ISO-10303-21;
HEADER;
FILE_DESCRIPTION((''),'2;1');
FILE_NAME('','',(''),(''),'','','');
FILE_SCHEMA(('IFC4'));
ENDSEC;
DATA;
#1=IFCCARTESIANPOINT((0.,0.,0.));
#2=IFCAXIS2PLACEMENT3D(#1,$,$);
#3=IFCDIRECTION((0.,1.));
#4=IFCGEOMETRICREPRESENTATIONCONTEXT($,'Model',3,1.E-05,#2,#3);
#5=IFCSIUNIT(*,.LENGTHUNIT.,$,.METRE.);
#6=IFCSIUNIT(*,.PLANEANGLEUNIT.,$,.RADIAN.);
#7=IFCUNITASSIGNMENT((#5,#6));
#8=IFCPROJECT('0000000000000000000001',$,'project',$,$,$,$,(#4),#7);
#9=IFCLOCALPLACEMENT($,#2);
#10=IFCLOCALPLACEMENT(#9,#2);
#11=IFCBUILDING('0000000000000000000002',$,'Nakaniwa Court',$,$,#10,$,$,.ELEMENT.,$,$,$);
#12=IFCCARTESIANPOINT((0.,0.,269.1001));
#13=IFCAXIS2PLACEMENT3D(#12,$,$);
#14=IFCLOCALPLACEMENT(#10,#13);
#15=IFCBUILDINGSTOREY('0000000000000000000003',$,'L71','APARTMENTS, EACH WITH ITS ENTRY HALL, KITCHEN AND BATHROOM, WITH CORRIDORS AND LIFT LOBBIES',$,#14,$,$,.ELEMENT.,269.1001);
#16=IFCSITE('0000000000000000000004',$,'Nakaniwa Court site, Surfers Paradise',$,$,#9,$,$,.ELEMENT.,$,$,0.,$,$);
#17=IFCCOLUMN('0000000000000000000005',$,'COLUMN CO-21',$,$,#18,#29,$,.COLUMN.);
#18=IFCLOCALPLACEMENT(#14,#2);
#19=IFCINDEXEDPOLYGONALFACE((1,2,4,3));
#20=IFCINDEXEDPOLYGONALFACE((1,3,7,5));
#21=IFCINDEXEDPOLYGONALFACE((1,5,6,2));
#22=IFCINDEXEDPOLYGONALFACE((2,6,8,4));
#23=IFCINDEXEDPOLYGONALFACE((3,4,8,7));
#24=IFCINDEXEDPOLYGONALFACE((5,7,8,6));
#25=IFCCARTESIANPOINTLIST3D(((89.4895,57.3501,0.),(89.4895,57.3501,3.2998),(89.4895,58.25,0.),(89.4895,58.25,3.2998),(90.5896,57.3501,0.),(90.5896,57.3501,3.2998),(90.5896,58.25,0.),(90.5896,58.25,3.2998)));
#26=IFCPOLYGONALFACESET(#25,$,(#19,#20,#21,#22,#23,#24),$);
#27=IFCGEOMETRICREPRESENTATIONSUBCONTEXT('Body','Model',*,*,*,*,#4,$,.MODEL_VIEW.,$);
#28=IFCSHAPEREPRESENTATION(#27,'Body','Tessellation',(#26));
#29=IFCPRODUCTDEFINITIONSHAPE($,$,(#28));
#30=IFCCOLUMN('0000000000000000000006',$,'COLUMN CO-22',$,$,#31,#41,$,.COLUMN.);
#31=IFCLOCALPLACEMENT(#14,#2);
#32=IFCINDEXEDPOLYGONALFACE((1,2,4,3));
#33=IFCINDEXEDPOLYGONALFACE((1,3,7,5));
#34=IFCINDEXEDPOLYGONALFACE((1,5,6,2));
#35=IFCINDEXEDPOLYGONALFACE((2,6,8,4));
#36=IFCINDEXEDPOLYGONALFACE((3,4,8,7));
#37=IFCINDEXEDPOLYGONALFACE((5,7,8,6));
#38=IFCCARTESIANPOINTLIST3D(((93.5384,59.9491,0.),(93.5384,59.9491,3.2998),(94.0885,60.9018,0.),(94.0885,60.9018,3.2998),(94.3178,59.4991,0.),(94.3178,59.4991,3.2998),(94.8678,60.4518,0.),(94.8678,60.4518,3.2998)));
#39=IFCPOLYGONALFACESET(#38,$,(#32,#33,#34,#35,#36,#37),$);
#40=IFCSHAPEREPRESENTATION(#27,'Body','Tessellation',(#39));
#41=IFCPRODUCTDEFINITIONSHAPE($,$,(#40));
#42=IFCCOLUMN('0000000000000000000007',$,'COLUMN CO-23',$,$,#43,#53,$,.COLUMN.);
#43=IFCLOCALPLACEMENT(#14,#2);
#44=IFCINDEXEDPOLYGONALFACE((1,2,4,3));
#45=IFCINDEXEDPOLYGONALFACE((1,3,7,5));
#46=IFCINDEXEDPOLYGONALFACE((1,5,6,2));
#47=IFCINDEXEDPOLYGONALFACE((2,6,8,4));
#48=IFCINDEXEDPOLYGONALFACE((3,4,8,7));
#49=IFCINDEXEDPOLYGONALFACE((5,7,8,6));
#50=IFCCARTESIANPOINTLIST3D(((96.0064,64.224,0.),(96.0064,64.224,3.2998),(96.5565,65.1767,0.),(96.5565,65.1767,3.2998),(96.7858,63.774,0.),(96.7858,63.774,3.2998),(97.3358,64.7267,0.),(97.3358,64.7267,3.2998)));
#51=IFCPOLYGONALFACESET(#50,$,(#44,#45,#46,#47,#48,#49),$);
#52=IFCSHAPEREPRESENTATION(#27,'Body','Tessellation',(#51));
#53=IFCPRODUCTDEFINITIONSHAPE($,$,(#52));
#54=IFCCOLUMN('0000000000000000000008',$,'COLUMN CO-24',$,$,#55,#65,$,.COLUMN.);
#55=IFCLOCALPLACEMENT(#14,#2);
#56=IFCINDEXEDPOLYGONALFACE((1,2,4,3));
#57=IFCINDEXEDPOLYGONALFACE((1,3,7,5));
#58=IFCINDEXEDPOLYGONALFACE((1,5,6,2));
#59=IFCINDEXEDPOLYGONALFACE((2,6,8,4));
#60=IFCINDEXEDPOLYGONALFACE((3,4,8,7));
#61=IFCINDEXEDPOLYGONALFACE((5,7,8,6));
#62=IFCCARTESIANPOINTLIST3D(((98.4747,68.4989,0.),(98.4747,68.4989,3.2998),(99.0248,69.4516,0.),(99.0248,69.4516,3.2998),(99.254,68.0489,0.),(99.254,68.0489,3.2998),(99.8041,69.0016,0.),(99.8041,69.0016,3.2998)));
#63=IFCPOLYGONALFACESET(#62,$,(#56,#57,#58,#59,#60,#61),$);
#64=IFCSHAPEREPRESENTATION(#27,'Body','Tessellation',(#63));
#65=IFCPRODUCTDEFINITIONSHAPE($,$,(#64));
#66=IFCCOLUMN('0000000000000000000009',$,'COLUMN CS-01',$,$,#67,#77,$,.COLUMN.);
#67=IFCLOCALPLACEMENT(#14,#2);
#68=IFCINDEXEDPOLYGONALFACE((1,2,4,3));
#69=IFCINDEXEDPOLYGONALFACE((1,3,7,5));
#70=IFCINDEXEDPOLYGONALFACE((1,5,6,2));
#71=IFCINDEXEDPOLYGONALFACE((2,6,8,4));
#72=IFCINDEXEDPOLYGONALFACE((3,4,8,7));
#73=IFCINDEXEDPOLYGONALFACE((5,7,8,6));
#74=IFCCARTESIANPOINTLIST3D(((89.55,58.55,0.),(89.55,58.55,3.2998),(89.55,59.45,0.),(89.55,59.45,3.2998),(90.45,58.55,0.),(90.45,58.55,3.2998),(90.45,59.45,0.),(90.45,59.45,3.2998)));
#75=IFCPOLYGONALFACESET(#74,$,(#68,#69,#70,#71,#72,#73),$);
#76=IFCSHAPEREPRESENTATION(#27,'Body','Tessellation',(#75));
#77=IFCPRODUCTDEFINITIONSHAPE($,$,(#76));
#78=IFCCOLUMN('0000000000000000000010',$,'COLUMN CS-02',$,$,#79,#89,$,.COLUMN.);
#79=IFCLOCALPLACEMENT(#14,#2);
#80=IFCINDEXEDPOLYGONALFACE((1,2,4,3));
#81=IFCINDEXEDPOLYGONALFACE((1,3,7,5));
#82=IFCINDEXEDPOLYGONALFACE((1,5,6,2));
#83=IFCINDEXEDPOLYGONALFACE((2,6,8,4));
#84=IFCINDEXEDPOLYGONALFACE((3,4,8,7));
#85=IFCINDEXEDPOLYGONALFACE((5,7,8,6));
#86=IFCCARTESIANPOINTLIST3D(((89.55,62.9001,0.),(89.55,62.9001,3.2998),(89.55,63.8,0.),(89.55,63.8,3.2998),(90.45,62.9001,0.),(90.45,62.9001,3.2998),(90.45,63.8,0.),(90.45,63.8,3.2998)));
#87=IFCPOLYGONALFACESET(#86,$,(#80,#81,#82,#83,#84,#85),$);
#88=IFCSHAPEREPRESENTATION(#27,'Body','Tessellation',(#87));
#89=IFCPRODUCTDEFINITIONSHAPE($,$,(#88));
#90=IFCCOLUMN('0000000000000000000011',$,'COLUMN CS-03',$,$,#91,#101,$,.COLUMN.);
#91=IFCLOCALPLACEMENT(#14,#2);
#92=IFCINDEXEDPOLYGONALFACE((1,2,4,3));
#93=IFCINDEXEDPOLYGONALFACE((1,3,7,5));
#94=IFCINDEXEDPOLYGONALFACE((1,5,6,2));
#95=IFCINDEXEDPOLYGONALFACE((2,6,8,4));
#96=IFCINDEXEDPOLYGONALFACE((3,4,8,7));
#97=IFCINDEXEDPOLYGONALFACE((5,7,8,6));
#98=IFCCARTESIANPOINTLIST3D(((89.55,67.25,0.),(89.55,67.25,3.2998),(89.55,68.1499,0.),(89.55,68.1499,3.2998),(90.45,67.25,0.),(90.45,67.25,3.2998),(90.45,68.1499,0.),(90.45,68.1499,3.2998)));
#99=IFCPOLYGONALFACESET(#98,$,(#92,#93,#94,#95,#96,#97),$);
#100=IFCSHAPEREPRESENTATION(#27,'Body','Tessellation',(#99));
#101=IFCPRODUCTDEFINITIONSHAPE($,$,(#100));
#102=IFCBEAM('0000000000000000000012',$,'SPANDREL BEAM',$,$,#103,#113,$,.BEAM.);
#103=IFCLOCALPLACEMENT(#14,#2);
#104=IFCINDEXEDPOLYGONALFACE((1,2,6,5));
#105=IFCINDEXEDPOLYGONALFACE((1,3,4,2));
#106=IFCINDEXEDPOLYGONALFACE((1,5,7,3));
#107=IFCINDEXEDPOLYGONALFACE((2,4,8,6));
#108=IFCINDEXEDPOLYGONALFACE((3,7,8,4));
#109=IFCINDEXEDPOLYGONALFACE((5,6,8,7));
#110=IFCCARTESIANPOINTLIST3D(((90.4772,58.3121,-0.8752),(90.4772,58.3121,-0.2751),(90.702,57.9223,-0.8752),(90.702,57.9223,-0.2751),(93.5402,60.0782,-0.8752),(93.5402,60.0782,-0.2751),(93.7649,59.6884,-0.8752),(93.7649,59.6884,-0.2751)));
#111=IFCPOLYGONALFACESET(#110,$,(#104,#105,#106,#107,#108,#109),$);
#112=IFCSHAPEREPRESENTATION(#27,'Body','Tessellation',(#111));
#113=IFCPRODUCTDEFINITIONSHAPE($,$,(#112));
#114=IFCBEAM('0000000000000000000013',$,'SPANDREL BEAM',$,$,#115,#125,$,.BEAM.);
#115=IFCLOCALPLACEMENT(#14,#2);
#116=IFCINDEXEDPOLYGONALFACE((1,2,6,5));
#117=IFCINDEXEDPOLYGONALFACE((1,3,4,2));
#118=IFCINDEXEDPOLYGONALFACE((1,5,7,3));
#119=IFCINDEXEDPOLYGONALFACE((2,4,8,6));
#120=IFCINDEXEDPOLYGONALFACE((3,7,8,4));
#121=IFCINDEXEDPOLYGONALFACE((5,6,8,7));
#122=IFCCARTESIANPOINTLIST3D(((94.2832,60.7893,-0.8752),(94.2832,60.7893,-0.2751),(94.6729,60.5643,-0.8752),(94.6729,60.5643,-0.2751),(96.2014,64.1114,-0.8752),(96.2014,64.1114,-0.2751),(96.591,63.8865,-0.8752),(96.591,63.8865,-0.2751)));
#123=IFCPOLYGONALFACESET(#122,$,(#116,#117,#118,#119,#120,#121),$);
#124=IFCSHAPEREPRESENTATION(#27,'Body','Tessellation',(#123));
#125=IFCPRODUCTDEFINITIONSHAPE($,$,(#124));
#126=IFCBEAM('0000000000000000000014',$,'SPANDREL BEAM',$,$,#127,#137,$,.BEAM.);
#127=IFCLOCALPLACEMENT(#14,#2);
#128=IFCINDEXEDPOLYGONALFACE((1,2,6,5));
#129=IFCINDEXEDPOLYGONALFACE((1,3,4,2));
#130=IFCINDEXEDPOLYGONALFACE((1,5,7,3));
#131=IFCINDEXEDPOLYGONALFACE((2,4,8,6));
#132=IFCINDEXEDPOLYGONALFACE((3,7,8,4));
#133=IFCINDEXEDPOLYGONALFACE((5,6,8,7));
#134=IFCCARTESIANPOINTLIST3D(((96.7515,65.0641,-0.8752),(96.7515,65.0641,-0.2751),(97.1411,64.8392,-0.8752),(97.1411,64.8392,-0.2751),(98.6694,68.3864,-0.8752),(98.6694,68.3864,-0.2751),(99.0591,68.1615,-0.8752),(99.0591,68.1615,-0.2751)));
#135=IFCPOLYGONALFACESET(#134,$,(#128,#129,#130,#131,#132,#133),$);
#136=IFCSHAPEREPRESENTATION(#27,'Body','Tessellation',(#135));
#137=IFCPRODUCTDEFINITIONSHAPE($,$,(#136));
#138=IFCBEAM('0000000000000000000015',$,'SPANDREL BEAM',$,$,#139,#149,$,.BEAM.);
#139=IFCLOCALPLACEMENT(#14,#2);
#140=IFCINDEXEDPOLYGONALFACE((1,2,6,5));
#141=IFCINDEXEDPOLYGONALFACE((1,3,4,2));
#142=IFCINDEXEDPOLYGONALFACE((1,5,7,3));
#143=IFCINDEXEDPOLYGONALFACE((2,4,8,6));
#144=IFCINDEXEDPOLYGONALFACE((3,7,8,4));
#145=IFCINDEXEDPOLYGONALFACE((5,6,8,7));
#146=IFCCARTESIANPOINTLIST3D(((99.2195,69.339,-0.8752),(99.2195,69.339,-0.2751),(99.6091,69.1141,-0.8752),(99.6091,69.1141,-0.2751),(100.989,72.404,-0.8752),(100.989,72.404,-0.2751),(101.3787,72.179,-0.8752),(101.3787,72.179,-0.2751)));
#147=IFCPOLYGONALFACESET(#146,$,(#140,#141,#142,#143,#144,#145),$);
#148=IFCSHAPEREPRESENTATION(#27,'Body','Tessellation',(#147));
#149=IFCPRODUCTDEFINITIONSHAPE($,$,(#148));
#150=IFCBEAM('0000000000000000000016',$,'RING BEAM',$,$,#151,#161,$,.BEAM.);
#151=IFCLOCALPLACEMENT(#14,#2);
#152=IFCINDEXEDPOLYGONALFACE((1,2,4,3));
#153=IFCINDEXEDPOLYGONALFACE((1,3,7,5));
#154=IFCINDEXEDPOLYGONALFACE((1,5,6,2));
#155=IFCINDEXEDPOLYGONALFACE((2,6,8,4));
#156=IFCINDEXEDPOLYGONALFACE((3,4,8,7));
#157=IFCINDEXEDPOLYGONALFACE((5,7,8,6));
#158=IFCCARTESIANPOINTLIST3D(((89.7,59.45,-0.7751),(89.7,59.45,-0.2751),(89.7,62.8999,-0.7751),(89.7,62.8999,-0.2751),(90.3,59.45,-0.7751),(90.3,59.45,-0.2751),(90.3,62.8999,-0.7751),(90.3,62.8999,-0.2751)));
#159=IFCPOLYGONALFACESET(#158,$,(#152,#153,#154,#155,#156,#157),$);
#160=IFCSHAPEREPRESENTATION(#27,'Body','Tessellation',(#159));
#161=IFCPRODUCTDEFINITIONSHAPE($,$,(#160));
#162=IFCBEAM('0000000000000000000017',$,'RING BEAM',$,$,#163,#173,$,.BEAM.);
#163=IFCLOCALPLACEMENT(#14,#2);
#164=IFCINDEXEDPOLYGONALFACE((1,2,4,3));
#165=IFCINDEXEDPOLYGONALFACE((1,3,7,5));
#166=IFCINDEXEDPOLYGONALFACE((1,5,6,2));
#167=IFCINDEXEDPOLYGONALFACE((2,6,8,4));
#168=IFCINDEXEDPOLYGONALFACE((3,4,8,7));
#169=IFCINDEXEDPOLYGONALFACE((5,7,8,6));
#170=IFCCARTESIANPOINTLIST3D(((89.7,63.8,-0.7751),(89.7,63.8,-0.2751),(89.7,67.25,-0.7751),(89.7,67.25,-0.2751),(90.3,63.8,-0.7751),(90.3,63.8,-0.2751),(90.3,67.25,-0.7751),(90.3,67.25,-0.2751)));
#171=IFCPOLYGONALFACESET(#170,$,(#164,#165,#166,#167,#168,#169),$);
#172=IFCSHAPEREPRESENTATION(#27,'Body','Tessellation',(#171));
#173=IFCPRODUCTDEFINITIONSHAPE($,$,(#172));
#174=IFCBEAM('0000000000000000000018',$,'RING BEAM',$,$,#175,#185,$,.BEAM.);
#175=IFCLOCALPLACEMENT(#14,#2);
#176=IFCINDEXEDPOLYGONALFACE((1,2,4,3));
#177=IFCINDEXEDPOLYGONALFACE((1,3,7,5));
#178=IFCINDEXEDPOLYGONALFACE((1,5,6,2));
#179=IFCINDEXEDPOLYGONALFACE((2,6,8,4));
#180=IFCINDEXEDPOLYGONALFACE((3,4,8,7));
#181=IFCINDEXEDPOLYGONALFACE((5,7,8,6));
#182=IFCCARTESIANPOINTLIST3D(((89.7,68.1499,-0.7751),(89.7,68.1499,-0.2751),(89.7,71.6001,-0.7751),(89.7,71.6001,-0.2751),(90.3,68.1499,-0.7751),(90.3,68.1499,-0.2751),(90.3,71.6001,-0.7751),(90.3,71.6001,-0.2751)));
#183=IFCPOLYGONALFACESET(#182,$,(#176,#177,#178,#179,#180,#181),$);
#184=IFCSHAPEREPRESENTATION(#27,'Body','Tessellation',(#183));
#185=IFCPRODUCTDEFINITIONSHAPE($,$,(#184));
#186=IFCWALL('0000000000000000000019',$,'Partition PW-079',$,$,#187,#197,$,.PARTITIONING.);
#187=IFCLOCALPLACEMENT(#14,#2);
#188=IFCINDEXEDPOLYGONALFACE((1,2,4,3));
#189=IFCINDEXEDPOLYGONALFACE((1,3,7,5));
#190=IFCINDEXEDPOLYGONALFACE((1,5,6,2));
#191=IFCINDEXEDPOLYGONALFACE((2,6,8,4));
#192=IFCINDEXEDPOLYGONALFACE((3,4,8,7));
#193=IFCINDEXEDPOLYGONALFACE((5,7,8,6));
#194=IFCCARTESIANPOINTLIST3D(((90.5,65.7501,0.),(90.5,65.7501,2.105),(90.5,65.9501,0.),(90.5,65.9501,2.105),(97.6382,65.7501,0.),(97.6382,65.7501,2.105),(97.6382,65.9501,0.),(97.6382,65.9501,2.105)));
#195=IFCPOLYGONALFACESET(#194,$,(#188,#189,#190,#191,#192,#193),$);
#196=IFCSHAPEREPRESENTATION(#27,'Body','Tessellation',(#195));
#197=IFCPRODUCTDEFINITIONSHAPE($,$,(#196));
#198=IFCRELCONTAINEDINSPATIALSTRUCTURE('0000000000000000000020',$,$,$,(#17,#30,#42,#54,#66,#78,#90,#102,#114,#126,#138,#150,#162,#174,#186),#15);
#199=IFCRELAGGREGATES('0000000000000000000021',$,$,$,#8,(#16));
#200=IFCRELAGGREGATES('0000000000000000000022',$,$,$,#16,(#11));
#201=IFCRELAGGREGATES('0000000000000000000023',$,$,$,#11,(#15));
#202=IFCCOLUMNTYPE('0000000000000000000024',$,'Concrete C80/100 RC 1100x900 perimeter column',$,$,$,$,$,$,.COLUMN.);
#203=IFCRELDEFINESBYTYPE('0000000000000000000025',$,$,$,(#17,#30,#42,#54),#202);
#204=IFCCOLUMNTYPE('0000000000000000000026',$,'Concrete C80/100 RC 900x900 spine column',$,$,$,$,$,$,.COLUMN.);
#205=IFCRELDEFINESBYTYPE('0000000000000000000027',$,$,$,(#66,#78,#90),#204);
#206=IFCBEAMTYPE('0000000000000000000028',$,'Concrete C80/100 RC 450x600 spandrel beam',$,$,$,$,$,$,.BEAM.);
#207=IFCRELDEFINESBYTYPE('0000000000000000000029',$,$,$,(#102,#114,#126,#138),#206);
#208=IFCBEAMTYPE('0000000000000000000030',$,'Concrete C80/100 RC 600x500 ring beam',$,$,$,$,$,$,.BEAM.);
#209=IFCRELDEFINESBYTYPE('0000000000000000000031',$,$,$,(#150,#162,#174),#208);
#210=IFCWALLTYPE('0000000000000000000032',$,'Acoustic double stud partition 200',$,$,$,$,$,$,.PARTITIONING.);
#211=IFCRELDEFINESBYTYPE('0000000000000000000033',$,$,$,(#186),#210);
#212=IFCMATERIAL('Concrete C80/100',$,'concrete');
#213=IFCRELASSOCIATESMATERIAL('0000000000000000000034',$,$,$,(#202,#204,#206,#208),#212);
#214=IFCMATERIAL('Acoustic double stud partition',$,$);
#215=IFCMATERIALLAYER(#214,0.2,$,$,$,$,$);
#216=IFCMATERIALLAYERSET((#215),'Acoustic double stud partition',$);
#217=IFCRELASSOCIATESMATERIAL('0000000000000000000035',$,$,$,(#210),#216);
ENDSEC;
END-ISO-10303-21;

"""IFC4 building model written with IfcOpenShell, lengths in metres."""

from ifc_helpers import new_model, si_unit, direction, frame, frame_2d, origin, origin_2d, place, context, subcontext, project, spatial, rectangle, extrude, material, layer, layer_set, material_profile, profile_set, type_object, element, save


model = new_model("IFC4")

# Units and contexts
model_context = context("Model", 3, precision=1e-05, world=origin(), true_north=direction((0.0, 1.0)))
body_context = subcontext(model_context, "Body", "Model", "MODEL_VIEW")
ifc_project = project(units=[si_unit("LENGTHUNIT", "METRE"), si_unit("PLANEANGLEUNIT", "RADIAN")], contexts=[model_context])

# Site, building, storey
site_placement = place(None, origin())
site = spatial("IfcSite", under=ifc_project, at=site_placement, Name="Nakaniwa Court site, Surfers Paradise", CompositionType="ELEMENT", RefElevation=0.0)
building_placement = place(site_placement, origin())
building = spatial("IfcBuilding", under=site, at=building_placement, Name="Nakaniwa Court", CompositionType="ELEMENT")
storey_placement = place(building_placement, frame((0.0, 0.0, 269.1001)))
storey = spatial("IfcBuildingStorey", under=building, at=storey_placement, Name="L71", Description="APARTMENTS, EACH WITH ITS ENTRY HALL, KITCHEN AND BATHROOM, WITH CORRIDORS AND LIFT LOBBIES", CompositionType="ELEMENT", Elevation=269.1001)

# Columns
ifc_material_1 = material(Name="Concrete C80/100", Category="concrete")
ifc_material_profile_1 = material_profile(ifc_material_1, rectangle(XDim=1.1001, YDim=0.8999, at=origin_2d()), Name="Concrete C80/100 RC 1100x900 perimeter column")
ifc_profile_set_1 = profile_set([ifc_material_profile_1], Name="Concrete C80/100")
column_type_1 = type_object("IfcColumnType", Name="Concrete C80/100 RC 1100x900 perimeter column", PredefinedType="COLUMN", material=ifc_profile_set_1)
for number, where, z_axis, x_axis, name in (
    (1, (90.0396, 57.8, 0.0), (0.0, 0.0, 1.0), (1.0, 0.0, 0.0), "COLUMN CO-21"),
    (2, (94.2031, 60.2004, 0.0), (0.0, 0.0, 1.0), (0.5, 0.866025, 0.0), "COLUMN CO-22"),
    (3, (96.6711, 64.4753, 0.0), (0.0, 0.0, 1.0), (0.5, 0.866025, 0.0), "COLUMN CO-23"),
    (4, (99.1394, 68.7502, 0.0), (0.0, 0.0, 1.0), (0.5, 0.866025, 0.0), "COLUMN CO-24"),
):
    element("IfcColumn", number, at=place(storey_placement, frame(where, z_axis=z_axis, x_axis=x_axis)), inside=storey, type_object=column_type_1, Name=name, PredefinedType="COLUMN", context=body_context, shape_type="SweptSolid", body=[
        extrude(rectangle(XDim=1.1001, YDim=0.8999, at=origin_2d()), origin(), (0.0, 0.0, 1.0), 3.2998),
    ])
ifc_material_profile_2 = material_profile(ifc_material_1, rectangle(XDim=0.8999, YDim=0.8999, at=origin_2d()), Name="Concrete C80/100 RC 900x900 spine column")
ifc_profile_set_2 = profile_set([ifc_material_profile_2], Name="Concrete C80/100")
column_type_2 = type_object("IfcColumnType", Name="Concrete C80/100 RC 900x900 spine column", PredefinedType="COLUMN", material=ifc_profile_set_2)
for number, where, z_axis, x_axis, name in (
    (5, (90.0, 59.0, 0.0), (0.0, 0.0, 1.0), (0.0, 1.0, 0.0), "COLUMN CS-01"),
    (6, (90.0, 63.3501, 0.0), (0.0, 0.0, 1.0), (0.0, 1.0, 0.0), "COLUMN CS-02"),
    (7, (90.0, 67.7, 0.0), (0.0, 0.0, 1.0), (0.0, 1.0, 0.0), "COLUMN CS-03"),
):
    element("IfcColumn", number, at=place(storey_placement, frame(where, z_axis=z_axis, x_axis=x_axis)), inside=storey, type_object=column_type_2, Name=name, PredefinedType="COLUMN", context=body_context, shape_type="SweptSolid", body=[
        extrude(rectangle(XDim=0.8999, YDim=0.8999, at=origin_2d()), origin(), (0.0, 0.0, 1.0), 3.2998),
    ])

# Beams
ifc_material_profile_3 = material_profile(ifc_material_1, rectangle(XDim=0.45, YDim=0.6001, at=origin_2d()), Name="Concrete C80/100 RC 450x600 spandrel beam")
ifc_profile_set_3 = profile_set([ifc_material_profile_3], Name="Concrete C80/100")
beam_type_1 = type_object("IfcBeamType", Name="Concrete C80/100 RC 450x600 spandrel beam", PredefinedType="BEAM", material=ifc_profile_set_3)
beam_1_placement = place(storey_placement, frame((90.5896, 58.1172, -0.5752), z_axis=(0.866307, 0.499511, 0.0), x_axis=(-0.499511, 0.866307, 0.0)))
element("IfcBeam", 8, at=beam_1_placement, inside=storey, type_object=beam_type_1, Name="SPANDREL BEAM", PredefinedType="BEAM", context=body_context, shape_type="SweptSolid", body=[
    extrude(rectangle(XDim=0.45, YDim=0.6001, at=origin_2d()), origin(), (0.0, 0.0, 1.0), 3.5356),
])
for number, where, z_axis, x_axis, name in (
    (9, (94.478, 60.6768, -0.5752), (0.50002, 0.866014, 0.0), (-0.866014, 0.50002, 0.0), "SPANDREL BEAM"),
    (10, (96.9463, 64.9517, -0.5752), (0.499972, 0.866041, 0.0), (-0.866041, 0.499972, 0.0), "SPANDREL BEAM"),
):
    element("IfcBeam", number, at=place(storey_placement, frame(where, z_axis=z_axis, x_axis=x_axis)), inside=storey, type_object=beam_type_1, Name=name, PredefinedType="BEAM", context=body_context, shape_type="SweptSolid", body=[
        extrude(rectangle(XDim=0.45, YDim=0.6001, at=origin_2d()), origin(), (0.0, 0.0, 1.0), 3.8362),
    ])
beam_2_placement = place(storey_placement, frame((99.4143, 69.2266, -0.5752), z_axis=(0.499997, 0.866027, 0.0), x_axis=(-0.866027, 0.499997, 0.0)))
element("IfcBeam", 11, at=beam_2_placement, inside=storey, type_object=beam_type_1, Name="SPANDREL BEAM", PredefinedType="BEAM", context=body_context, shape_type="SweptSolid", body=[
    extrude(rectangle(XDim=0.45, YDim=0.6001, at=origin_2d()), origin(), (0.0, 0.0, 1.0), 3.5391),
])
ifc_material_profile_4 = material_profile(ifc_material_1, rectangle(XDim=0.6001, YDim=0.5, at=origin_2d()), Name="Concrete C80/100 RC 600x500 ring beam")
ifc_profile_set_4 = profile_set([ifc_material_profile_4], Name="Concrete C80/100")
beam_type_2 = type_object("IfcBeamType", Name="Concrete C80/100 RC 600x500 ring beam", PredefinedType="BEAM", material=ifc_profile_set_4)
for number, where, z_axis, x_axis, name in (
    (12, (90.0, 59.45, -0.5251), (0.0, 1.0, 0.0), (-1.0, 0.0, 0.0), "RING BEAM"),
    (13, (90.0, 63.8, -0.5251), (0.0, 1.0, 0.0), (-1.0, 0.0, 0.0), "RING BEAM"),
):
    element("IfcBeam", number, at=place(storey_placement, frame(where, z_axis=z_axis, x_axis=x_axis)), inside=storey, type_object=beam_type_2, Name=name, PredefinedType="BEAM", context=body_context, shape_type="SweptSolid", body=[
        extrude(rectangle(XDim=0.6001, YDim=0.5, at=origin_2d()), origin(), (0.0, 0.0, 1.0), 3.45),
    ])
beam_3_placement = place(storey_placement, frame((90.0, 68.1499, -0.5251), z_axis=(0.0, 1.0, 0.0), x_axis=(-1.0, 0.0, 0.0)))
element("IfcBeam", 14, at=beam_3_placement, inside=storey, type_object=beam_type_2, Name="RING BEAM", PredefinedType="BEAM", context=body_context, shape_type="SweptSolid", body=[
    extrude(rectangle(XDim=0.6001, YDim=0.5, at=origin_2d()), origin(), (0.0, 0.0, 1.0), 3.4502),
])

# Wall
ifc_material_2 = material(Name="Acoustic double stud partition")
ifc_layer_1 = layer(ifc_material_2, 0.2)
ifc_layer_set_1 = layer_set([ifc_layer_1], Name="Acoustic double stud partition")
wall_type_1 = type_object("IfcWallType", Name="Acoustic double stud partition 200", PredefinedType="PARTITIONING", material=ifc_layer_set_1)
wall_1_placement = place(storey_placement, frame((90.5, 65.8501, 0.0), z_axis=(0.0, 0.0, 1.0), x_axis=(1.0, 0.0, 0.0)))
element("IfcWall", 15, at=wall_1_placement, inside=storey, type_object=wall_type_1, Name="Partition PW-079", PredefinedType="PARTITIONING", context=body_context, shape_type="SweptSolid", body=[
    extrude(rectangle(XDim=7.1382, YDim=0.2, at=frame_2d((3.5691, 0.0))), origin(), (0.0, 0.0, 1.0), 2.105),
])

save(model, "model.ifc")
